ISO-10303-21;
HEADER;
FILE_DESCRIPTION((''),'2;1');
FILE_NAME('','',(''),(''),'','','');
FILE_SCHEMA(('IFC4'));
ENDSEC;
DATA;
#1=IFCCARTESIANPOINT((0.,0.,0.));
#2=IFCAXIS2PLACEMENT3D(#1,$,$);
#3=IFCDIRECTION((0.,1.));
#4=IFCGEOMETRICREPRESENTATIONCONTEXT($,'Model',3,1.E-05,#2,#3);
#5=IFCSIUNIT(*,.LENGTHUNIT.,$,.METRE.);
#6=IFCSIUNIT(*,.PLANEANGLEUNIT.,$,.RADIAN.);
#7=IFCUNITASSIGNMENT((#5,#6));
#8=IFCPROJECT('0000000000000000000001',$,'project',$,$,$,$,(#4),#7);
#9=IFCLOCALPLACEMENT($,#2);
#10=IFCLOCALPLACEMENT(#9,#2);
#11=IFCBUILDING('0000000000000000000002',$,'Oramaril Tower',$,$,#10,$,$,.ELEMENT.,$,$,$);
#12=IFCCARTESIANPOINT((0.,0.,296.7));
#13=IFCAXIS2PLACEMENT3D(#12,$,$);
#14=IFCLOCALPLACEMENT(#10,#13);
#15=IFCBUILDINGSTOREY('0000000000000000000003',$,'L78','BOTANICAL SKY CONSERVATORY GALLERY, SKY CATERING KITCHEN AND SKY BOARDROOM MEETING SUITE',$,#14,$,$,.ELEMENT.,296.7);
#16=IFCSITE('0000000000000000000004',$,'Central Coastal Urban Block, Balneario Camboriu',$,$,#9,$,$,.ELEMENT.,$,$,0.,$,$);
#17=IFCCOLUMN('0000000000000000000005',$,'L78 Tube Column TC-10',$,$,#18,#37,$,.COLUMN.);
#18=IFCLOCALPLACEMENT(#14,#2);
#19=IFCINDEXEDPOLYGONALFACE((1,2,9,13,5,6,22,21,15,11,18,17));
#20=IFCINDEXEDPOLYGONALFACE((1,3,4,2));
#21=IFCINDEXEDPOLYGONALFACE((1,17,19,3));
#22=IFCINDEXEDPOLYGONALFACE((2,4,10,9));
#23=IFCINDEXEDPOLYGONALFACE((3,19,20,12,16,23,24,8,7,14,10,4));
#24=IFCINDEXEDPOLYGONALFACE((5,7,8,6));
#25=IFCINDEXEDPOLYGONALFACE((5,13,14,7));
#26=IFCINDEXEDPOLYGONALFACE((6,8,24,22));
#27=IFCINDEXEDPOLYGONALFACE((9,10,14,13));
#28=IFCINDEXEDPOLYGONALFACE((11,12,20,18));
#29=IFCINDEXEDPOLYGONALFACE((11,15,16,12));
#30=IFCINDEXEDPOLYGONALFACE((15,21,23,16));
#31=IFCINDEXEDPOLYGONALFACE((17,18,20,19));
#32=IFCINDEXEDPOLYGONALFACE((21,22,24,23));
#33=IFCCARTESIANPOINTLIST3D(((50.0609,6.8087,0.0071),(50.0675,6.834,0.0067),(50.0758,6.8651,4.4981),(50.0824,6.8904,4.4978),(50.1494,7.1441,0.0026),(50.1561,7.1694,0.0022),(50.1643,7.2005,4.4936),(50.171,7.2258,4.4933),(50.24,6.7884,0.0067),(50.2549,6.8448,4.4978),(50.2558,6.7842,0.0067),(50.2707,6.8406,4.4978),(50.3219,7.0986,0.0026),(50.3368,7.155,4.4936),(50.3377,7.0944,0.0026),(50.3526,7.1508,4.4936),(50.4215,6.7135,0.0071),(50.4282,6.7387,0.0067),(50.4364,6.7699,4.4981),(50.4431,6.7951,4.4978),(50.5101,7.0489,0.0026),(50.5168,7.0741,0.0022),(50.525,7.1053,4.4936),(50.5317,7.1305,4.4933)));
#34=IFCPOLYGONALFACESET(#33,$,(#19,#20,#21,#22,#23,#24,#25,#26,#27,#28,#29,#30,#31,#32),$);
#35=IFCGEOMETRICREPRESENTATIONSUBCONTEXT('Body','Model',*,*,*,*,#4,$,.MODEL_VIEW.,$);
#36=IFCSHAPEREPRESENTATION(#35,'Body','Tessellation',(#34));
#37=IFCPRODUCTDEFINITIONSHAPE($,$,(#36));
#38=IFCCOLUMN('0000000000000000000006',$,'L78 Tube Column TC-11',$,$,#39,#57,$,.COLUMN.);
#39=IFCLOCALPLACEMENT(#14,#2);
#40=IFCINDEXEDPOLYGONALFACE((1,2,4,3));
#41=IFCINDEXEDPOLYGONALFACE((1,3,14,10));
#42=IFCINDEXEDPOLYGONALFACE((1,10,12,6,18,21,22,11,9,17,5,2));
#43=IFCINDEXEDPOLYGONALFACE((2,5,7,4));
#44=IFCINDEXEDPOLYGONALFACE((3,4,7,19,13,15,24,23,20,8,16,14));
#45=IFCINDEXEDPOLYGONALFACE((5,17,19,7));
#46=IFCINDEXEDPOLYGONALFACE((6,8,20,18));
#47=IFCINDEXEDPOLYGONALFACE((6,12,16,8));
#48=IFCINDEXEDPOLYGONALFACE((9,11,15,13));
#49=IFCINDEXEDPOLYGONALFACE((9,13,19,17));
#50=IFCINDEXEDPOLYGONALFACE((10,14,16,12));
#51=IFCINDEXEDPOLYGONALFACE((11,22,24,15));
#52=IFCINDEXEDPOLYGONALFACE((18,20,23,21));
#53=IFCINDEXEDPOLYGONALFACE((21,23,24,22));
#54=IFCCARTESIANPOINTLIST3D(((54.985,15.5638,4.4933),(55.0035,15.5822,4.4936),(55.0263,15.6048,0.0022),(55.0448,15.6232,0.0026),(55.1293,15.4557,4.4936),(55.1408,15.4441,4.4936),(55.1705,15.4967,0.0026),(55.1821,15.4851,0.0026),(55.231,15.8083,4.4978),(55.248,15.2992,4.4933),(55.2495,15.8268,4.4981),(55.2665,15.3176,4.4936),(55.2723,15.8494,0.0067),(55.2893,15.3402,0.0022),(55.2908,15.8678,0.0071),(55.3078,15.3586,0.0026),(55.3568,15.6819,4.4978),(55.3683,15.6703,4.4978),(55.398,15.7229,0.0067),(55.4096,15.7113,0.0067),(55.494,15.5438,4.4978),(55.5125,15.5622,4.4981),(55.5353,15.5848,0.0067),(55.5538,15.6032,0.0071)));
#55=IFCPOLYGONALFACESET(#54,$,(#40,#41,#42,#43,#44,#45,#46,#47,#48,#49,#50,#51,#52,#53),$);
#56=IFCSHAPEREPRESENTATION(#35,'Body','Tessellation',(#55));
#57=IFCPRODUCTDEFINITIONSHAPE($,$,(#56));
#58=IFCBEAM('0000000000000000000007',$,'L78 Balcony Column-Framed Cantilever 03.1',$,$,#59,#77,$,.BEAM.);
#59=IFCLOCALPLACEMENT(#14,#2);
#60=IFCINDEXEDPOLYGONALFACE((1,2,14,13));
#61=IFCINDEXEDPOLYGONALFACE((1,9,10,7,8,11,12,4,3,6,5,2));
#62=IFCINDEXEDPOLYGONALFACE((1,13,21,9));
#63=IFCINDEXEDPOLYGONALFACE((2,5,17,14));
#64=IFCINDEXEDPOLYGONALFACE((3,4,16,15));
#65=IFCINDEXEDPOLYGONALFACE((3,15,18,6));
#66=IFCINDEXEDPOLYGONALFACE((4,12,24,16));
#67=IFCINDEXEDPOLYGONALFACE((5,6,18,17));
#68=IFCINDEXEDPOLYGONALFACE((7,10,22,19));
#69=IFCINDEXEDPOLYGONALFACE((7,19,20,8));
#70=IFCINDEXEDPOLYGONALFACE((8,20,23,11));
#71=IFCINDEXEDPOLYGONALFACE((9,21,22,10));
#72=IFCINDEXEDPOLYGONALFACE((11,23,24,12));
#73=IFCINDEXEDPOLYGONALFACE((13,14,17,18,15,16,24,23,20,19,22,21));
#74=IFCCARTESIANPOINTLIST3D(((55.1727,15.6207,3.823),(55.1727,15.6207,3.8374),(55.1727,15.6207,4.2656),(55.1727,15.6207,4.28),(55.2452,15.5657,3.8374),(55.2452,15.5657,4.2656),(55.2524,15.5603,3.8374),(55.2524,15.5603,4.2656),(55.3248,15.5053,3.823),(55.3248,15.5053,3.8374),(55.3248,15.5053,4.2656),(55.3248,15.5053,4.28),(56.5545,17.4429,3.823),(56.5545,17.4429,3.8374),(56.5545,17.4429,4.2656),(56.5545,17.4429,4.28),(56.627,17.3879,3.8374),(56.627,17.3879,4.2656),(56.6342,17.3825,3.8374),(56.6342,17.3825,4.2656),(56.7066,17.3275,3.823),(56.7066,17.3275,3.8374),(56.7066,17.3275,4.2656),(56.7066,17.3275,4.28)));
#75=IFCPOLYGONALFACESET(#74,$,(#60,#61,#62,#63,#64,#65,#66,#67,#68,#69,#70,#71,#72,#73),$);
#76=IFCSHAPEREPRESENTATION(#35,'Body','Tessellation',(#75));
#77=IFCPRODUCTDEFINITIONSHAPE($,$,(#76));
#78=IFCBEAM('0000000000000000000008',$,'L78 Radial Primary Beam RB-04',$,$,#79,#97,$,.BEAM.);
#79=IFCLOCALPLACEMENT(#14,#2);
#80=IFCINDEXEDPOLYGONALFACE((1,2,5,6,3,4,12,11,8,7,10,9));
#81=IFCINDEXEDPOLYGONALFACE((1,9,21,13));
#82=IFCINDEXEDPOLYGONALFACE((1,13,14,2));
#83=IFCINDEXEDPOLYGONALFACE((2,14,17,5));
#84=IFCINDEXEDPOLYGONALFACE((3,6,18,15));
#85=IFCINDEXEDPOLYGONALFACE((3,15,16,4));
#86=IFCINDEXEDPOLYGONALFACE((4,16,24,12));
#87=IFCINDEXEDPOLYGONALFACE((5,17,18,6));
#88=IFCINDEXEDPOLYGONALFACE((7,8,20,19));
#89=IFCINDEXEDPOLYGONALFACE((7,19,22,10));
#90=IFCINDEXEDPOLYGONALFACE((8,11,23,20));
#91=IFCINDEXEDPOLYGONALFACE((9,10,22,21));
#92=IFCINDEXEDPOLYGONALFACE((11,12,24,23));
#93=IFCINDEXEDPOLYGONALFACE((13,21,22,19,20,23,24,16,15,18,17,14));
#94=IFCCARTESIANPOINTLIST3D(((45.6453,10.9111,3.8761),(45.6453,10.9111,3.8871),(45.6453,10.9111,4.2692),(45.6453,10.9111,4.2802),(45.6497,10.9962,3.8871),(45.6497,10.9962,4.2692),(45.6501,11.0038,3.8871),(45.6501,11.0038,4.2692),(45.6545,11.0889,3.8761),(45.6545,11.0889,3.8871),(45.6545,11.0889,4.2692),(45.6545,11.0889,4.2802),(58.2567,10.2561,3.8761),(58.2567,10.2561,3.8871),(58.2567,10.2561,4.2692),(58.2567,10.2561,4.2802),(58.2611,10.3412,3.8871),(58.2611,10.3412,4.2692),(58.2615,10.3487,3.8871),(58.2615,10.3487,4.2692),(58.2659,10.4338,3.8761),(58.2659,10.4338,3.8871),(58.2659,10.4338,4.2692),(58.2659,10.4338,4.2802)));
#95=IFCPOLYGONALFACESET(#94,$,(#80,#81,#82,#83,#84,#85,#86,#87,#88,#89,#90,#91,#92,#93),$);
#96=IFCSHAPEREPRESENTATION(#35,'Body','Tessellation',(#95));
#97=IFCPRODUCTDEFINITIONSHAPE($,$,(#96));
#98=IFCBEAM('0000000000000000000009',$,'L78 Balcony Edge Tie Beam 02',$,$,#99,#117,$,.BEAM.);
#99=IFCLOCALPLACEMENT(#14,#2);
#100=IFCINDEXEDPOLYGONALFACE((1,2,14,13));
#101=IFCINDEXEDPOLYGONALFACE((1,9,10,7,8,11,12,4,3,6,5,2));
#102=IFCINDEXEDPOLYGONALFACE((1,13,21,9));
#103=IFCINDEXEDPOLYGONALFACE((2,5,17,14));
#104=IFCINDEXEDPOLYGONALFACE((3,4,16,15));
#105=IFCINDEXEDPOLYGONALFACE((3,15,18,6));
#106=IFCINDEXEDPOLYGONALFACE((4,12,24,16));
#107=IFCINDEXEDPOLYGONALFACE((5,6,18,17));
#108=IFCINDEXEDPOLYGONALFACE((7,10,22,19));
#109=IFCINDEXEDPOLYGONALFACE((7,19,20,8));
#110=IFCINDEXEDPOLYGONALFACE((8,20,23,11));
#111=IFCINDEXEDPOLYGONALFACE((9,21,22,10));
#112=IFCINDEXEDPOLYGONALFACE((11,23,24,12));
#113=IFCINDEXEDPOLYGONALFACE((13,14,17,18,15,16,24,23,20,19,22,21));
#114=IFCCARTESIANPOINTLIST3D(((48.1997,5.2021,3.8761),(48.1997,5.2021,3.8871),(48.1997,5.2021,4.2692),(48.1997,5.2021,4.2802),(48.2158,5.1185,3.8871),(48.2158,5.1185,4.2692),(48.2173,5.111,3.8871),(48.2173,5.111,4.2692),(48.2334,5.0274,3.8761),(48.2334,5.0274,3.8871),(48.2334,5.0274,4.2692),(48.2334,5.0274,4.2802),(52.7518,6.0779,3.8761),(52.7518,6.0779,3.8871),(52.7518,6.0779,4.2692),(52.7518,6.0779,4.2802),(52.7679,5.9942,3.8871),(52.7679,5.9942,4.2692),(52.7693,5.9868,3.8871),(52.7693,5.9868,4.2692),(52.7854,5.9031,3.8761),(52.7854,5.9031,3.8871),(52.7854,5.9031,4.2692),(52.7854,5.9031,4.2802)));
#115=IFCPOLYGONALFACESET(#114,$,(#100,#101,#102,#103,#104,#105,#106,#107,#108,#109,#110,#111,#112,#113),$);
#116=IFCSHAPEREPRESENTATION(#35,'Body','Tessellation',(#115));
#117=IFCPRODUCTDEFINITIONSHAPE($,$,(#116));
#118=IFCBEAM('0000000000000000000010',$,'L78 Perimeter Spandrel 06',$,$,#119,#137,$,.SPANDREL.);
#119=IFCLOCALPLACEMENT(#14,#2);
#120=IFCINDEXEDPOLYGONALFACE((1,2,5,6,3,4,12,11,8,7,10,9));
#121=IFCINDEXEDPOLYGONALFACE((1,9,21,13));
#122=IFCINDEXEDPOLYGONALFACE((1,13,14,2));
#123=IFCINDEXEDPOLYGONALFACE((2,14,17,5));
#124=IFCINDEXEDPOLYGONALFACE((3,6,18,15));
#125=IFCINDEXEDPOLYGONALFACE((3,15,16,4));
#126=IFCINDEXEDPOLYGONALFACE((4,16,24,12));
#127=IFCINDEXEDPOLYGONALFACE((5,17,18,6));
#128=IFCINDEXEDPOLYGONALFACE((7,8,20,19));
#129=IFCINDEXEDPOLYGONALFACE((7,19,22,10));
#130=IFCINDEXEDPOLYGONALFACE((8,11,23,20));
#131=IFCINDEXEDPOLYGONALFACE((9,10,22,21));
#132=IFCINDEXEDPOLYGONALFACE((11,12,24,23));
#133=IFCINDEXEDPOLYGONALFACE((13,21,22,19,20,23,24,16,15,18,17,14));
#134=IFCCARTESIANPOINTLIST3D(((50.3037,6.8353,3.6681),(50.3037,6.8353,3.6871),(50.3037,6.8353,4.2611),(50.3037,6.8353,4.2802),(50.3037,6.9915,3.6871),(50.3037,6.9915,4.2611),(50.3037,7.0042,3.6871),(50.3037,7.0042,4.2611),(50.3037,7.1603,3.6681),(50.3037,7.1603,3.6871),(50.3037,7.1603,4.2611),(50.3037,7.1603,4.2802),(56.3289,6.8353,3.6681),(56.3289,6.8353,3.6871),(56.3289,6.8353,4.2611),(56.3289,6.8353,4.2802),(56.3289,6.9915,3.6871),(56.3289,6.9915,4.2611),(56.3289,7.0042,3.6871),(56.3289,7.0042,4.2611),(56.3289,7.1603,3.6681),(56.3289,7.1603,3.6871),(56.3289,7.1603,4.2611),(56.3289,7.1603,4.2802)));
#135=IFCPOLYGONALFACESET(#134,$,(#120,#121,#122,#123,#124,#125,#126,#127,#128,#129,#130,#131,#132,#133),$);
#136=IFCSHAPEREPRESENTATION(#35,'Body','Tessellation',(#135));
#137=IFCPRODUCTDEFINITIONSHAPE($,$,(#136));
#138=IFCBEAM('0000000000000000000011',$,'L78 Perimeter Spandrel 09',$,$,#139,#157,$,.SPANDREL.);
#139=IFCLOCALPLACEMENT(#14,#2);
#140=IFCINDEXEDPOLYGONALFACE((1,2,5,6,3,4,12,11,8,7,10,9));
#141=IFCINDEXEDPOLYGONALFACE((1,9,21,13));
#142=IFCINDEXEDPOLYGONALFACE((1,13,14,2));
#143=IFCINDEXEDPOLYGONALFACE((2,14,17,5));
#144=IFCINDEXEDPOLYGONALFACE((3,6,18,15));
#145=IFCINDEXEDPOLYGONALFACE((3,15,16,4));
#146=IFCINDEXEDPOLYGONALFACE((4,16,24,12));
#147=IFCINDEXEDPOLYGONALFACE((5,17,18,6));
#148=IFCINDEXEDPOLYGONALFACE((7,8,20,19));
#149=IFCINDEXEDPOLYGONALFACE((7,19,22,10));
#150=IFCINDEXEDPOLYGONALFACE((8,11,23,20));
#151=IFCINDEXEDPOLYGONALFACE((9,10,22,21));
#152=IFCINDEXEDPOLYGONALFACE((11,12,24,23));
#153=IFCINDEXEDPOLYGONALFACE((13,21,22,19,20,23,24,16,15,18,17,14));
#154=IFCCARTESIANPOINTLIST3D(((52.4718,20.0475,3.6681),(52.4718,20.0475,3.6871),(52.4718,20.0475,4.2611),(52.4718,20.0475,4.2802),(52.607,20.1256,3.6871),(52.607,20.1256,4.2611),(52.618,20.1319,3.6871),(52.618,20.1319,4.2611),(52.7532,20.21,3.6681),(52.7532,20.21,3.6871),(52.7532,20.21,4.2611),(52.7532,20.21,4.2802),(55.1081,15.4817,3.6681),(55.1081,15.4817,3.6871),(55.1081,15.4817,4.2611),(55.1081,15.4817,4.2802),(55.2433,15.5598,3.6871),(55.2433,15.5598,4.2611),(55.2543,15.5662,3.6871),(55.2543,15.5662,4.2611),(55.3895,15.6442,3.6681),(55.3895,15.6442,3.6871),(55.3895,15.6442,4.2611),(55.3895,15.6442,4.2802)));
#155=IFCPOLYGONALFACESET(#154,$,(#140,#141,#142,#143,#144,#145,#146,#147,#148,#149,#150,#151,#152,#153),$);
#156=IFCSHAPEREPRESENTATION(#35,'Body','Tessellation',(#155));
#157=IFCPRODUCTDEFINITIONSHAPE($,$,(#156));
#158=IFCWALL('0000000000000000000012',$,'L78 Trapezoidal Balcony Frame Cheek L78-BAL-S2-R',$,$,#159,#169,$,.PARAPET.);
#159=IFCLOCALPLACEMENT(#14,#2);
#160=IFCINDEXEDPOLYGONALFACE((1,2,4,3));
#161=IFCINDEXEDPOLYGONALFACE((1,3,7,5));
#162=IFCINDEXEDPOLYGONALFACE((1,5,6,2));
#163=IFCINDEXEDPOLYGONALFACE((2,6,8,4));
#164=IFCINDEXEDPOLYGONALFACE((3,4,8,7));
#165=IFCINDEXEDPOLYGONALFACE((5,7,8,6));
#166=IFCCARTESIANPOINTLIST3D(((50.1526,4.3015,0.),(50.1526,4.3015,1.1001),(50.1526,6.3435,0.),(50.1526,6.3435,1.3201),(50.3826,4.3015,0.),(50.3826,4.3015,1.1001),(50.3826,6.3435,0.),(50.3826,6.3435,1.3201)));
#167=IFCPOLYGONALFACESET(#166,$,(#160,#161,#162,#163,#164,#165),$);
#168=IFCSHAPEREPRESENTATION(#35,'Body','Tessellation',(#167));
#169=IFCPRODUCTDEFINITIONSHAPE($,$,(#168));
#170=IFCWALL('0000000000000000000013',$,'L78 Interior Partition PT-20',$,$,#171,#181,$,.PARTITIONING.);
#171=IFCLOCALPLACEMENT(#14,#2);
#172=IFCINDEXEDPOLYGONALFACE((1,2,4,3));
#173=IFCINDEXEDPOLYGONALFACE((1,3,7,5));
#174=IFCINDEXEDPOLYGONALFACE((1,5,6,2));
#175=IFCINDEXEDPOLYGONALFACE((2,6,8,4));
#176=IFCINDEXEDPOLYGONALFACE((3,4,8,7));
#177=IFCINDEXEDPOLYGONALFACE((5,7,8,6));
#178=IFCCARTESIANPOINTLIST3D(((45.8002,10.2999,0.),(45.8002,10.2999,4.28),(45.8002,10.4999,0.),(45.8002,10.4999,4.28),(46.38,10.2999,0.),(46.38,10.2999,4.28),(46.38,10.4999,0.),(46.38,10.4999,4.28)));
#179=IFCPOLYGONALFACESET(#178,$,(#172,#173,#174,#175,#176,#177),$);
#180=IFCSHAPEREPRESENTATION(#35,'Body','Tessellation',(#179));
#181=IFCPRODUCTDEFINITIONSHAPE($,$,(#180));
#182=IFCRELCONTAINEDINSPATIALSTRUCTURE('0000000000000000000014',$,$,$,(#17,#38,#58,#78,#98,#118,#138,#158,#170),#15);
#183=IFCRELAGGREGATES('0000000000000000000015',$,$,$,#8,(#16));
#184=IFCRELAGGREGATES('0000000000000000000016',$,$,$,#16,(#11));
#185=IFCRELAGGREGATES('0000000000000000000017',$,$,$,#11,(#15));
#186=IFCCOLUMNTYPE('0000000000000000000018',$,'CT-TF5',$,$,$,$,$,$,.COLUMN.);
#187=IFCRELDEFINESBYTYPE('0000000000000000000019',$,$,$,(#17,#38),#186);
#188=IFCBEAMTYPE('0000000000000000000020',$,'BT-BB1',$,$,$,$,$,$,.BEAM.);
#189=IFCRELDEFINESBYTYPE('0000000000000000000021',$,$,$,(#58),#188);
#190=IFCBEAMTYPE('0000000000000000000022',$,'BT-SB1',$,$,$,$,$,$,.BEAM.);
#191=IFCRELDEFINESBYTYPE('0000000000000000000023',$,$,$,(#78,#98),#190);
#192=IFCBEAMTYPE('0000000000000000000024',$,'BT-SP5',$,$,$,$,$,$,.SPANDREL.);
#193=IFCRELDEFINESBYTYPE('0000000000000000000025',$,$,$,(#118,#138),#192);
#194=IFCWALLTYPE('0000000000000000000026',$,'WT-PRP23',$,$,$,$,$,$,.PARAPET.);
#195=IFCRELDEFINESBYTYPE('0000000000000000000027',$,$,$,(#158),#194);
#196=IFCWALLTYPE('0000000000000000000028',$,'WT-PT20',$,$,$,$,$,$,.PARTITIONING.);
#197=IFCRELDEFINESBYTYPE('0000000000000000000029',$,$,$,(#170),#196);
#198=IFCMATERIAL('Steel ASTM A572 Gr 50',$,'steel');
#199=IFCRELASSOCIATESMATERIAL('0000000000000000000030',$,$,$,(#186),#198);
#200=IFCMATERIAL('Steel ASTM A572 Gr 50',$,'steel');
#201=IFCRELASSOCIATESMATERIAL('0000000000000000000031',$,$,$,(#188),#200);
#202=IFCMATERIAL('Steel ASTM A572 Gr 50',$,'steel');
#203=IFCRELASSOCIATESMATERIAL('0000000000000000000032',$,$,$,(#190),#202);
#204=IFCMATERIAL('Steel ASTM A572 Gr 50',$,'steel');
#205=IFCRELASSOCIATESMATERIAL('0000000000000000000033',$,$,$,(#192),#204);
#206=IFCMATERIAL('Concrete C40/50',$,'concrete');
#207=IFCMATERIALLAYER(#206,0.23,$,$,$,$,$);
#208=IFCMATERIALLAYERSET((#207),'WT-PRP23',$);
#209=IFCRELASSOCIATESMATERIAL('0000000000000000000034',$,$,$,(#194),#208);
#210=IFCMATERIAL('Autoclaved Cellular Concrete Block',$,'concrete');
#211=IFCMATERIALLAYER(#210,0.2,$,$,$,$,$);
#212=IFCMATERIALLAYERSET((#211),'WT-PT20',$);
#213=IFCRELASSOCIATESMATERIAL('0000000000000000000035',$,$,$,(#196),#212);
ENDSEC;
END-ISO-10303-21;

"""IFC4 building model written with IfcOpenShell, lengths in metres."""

from ifc_helpers import new_model, si_unit, direction, frame, frame_2d, origin, origin_2d, place, context, subcontext, project, spatial, polyline, rectangle, i_section, outline, extrude, material, layer, layer_set, material_profile, profile_set, type_object, element, save


model = new_model("IFC4")

# Units and contexts
model_context = context("Model", 3, precision=1e-05, world=origin(), true_north=direction((0.0, 1.0)))
body_context = subcontext(model_context, "Body", "Model", "MODEL_VIEW")
ifc_project = project(units=[si_unit("LENGTHUNIT", "METRE"), si_unit("PLANEANGLEUNIT", "RADIAN")], contexts=[model_context])

# Site, building, storey
site_placement = place(None, origin())
site = spatial("IfcSite", under=ifc_project, at=site_placement, Name="Central Coastal Urban Block, Balneario Camboriu", CompositionType="ELEMENT", RefElevation=0.0)
building_placement = place(site_placement, origin())
building = spatial("IfcBuilding", under=site, at=building_placement, Name="Oramaril Tower", CompositionType="ELEMENT")
storey_placement = place(building_placement, frame((0.0, 0.0, 296.7)))
storey = spatial("IfcBuildingStorey", under=building, at=storey_placement, Name="L78", Description="BOTANICAL SKY CONSERVATORY GALLERY, SKY CATERING KITCHEN AND SKY BOARDROOM MEETING SUITE", CompositionType="ELEMENT", Elevation=296.7)

# Columns
ifc_material_1 = material(Name="Steel ASTM A572 Gr 50", Category="steel")
ifc_material_profile_1 = material_profile(ifc_material_1, i_section(OverallWidth=0.373, OverallDepth=0.373, WebThickness=0.0164, FlangeThickness=0.0261, at=origin_2d()), Name="W14X132")
ifc_profile_set_1 = profile_set([ifc_material_profile_1], Name="Steel ASTM A572 Gr 50")
column_type = type_object("IfcColumnType", Name="CT-TF5", PredefinedType="COLUMN", material=ifc_profile_set_1)
for number, where, z_axis, x_axis, name in (
    (1, (50.2888, 6.9414, 0.0046), (0.003316, 0.012557, 0.999916), (-0.966857, 0.255317, 0.0), "L78 Tube Column TC-10"),
    (2, (55.29, 15.604, 0.0046), (-0.009187, -0.009132, 0.999916), (0.705005, -0.709202, 0.0), "L78 Tube Column TC-11"),
):
    element("IfcColumn", number, at=place(storey_placement, frame(where, z_axis=z_axis, x_axis=x_axis)), inside=storey, type_object=column_type, Name=name, PredefinedType="COLUMN", context=body_context, shape_type="SweptSolid", body=[
        extrude(i_section(OverallWidth=0.373, OverallDepth=0.373, WebThickness=0.0164, FlangeThickness=0.0261, at=origin_2d()), origin(), (0.0, 0.0, 1.0), 4.4915),
    ])

# Beams
ifc_material_2 = material(Name="Steel ASTM A572 Gr 50", Category="steel")
ifc_material_profile_2 = material_profile(ifc_material_2, i_section(OverallWidth=0.1909, OverallDepth=0.457, WebThickness=0.009, FlangeThickness=0.0144, at=origin_2d()), Name="W18X50")
ifc_profile_set_2 = profile_set([ifc_material_profile_2], Name="Steel ASTM A572 Gr 50")
beam_type_1 = type_object("IfcBeamType", Name="BT-BB1", PredefinedType="BEAM", material=ifc_profile_set_2)
beam_1_placement = place(storey_placement, frame((55.2488, 15.563, 4.0515), z_axis=(0.604228, 0.796812, 0.0), x_axis=(-0.796812, 0.604228, 0.0)))
element("IfcBeam", 3, at=beam_1_placement, inside=storey, type_object=beam_type_1, Name="L78 Balcony Column-Framed Cantilever 03.1", PredefinedType="BEAM", context=body_context, shape_type="SweptSolid", body=[
    extrude(i_section(OverallWidth=0.1909, OverallDepth=0.457, WebThickness=0.009, FlangeThickness=0.0144, at=origin_2d()), origin(), (0.0, 0.0, 1.0), 2.2869),
])
ifc_material_3 = material(Name="Steel ASTM A572 Gr 50", Category="steel")
ifc_material_profile_3 = material_profile(ifc_material_3, i_section(OverallWidth=0.178, OverallDepth=0.4041, WebThickness=0.0076, FlangeThickness=0.011, at=origin_2d()), Name="W16X36")
ifc_profile_set_3 = profile_set([ifc_material_profile_3], Name="Steel ASTM A572 Gr 50")
beam_type_2 = type_object("IfcBeamType", Name="BT-SB1", PredefinedType="BEAM", material=ifc_profile_set_3)
beam_2_placement = place(storey_placement, frame((45.6499, 11.0, 4.0781), z_axis=(0.998654, -0.05187, 0.0), x_axis=(0.05187, 0.998654, 0.0)))
element("IfcBeam", 4, at=beam_2_placement, inside=storey, type_object=beam_type_2, Name="L78 Radial Primary Beam RB-04", PredefinedType="BEAM", context=body_context, shape_type="SweptSolid", body=[
    extrude(i_section(OverallWidth=0.178, OverallDepth=0.4041, WebThickness=0.0076, FlangeThickness=0.011, at=origin_2d()), origin(), (0.0, 0.0, 1.0), 12.6284),
])
beam_3_placement = place(storey_placement, frame((48.2166, 5.1147, 4.0781), z_axis=(0.981993, 0.18892, 0.0), x_axis=(-0.18892, 0.981993, 0.0)))
element("IfcBeam", 5, at=beam_3_placement, inside=storey, type_object=beam_type_2, Name="L78 Balcony Edge Tie Beam 02", PredefinedType="BEAM", context=body_context, shape_type="SweptSolid", body=[
    extrude(i_section(OverallWidth=0.178, OverallDepth=0.4041, WebThickness=0.0076, FlangeThickness=0.011, at=origin_2d()), origin(), (0.0, 0.0, 1.0), 4.6355),
])
ifc_material_4 = material(Name="Steel ASTM A572 Gr 50", Category="steel")
ifc_material_profile_4 = material_profile(ifc_material_4, i_section(OverallWidth=0.325, OverallDepth=0.6121, WebThickness=0.0127, FlangeThickness=0.019, at=origin_2d()), Name="W24X104")
ifc_profile_set_4 = profile_set([ifc_material_profile_4], Name="Steel ASTM A572 Gr 50")
beam_type_3 = type_object("IfcBeamType", Name="BT-SP5", PredefinedType="SPANDREL", material=ifc_profile_set_4)
beam_4_placement = place(storey_placement, frame((50.3037, 6.9978, 3.9741), z_axis=(1.0, 0.0, 0.0), x_axis=(0.0, 1.0, 0.0)))
element("IfcBeam", 6, at=beam_4_placement, inside=storey, type_object=beam_type_3, Name="L78 Perimeter Spandrel 06", PredefinedType="SPANDREL", context=body_context, shape_type="SweptSolid", body=[
    extrude(i_section(OverallWidth=0.325, OverallDepth=0.6121, WebThickness=0.0127, FlangeThickness=0.019, at=origin_2d()), origin(), (0.0, 0.0, 1.0), 6.0251),
])
beam_5_placement = place(storey_placement, frame((55.2488, 15.563, 3.9741), z_axis=(-0.500034, 0.866006, 0.0), x_axis=(-0.866006, -0.500034, 0.0)))
element("IfcBeam", 7, at=beam_5_placement, inside=storey, type_object=beam_type_3, Name="L78 Perimeter Spandrel 09", PredefinedType="SPANDREL", context=body_context, shape_type="SweptSolid", body=[
    extrude(i_section(OverallWidth=0.325, OverallDepth=0.6121, WebThickness=0.0127, FlangeThickness=0.019, at=origin_2d()), origin(), (0.0, 0.0, 1.0), 5.2722),
])

# Walls
ifc_material_5 = material(Name="Concrete C40/50", Category="concrete")
ifc_layer_1 = layer(ifc_material_5, 0.23)
ifc_layer_set_1 = layer_set([ifc_layer_1], Name="WT-PRP23")
wall_type_1 = type_object("IfcWallType", Name="WT-PRP23", PredefinedType="PARAPET", material=ifc_layer_set_1)
wall_1_placement = place(storey_placement, frame((50.2676, 6.3435, 0.0), z_axis=(0.0, 0.0, 1.0), x_axis=(0.0, -1.0, 0.0)))
element("IfcWall", 8, at=wall_1_placement, inside=storey, type_object=wall_type_1, Name="L78 Trapezoidal Balcony Frame Cheek L78-BAL-S2-R", PredefinedType="PARAPET", context=body_context, shape_type="SweptSolid", body=[
    extrude(outline(polyline([(0.0, 0.0), (2.042, 0.0), (2.042, 1.1001), (0.0, 1.3201), (0.0, 0.0)])), frame((0.0, 0.115, 0.0), z_axis=(0.0, -1.0, 0.0), x_axis=(1.0, 0.0, 0.0)), (0.0, 0.0, 1.0), 0.23),
])
ifc_material_6 = material(Name="Autoclaved Cellular Concrete Block", Category="concrete")
ifc_layer_2 = layer(ifc_material_6, 0.2)
ifc_layer_set_2 = layer_set([ifc_layer_2], Name="WT-PT20")
wall_type_2 = type_object("IfcWallType", Name="WT-PT20", PredefinedType="PARTITIONING", material=ifc_layer_set_2)
wall_2_placement = place(storey_placement, frame((45.8, 10.3999, 0.0), z_axis=(0.0, 0.0, 1.0), x_axis=(1.0, 0.0, 0.0)))
element("IfcWall", 9, at=wall_2_placement, inside=storey, type_object=wall_type_2, Name="L78 Interior Partition PT-20", PredefinedType="PARTITIONING", context=body_context, shape_type="SweptSolid", body=[
    extrude(rectangle(XDim=0.5798, YDim=0.2, at=frame_2d((0.29, 0.0))), origin(), (0.0, 0.0, 1.0), 4.28),
])

save(model, "model.ifc")
